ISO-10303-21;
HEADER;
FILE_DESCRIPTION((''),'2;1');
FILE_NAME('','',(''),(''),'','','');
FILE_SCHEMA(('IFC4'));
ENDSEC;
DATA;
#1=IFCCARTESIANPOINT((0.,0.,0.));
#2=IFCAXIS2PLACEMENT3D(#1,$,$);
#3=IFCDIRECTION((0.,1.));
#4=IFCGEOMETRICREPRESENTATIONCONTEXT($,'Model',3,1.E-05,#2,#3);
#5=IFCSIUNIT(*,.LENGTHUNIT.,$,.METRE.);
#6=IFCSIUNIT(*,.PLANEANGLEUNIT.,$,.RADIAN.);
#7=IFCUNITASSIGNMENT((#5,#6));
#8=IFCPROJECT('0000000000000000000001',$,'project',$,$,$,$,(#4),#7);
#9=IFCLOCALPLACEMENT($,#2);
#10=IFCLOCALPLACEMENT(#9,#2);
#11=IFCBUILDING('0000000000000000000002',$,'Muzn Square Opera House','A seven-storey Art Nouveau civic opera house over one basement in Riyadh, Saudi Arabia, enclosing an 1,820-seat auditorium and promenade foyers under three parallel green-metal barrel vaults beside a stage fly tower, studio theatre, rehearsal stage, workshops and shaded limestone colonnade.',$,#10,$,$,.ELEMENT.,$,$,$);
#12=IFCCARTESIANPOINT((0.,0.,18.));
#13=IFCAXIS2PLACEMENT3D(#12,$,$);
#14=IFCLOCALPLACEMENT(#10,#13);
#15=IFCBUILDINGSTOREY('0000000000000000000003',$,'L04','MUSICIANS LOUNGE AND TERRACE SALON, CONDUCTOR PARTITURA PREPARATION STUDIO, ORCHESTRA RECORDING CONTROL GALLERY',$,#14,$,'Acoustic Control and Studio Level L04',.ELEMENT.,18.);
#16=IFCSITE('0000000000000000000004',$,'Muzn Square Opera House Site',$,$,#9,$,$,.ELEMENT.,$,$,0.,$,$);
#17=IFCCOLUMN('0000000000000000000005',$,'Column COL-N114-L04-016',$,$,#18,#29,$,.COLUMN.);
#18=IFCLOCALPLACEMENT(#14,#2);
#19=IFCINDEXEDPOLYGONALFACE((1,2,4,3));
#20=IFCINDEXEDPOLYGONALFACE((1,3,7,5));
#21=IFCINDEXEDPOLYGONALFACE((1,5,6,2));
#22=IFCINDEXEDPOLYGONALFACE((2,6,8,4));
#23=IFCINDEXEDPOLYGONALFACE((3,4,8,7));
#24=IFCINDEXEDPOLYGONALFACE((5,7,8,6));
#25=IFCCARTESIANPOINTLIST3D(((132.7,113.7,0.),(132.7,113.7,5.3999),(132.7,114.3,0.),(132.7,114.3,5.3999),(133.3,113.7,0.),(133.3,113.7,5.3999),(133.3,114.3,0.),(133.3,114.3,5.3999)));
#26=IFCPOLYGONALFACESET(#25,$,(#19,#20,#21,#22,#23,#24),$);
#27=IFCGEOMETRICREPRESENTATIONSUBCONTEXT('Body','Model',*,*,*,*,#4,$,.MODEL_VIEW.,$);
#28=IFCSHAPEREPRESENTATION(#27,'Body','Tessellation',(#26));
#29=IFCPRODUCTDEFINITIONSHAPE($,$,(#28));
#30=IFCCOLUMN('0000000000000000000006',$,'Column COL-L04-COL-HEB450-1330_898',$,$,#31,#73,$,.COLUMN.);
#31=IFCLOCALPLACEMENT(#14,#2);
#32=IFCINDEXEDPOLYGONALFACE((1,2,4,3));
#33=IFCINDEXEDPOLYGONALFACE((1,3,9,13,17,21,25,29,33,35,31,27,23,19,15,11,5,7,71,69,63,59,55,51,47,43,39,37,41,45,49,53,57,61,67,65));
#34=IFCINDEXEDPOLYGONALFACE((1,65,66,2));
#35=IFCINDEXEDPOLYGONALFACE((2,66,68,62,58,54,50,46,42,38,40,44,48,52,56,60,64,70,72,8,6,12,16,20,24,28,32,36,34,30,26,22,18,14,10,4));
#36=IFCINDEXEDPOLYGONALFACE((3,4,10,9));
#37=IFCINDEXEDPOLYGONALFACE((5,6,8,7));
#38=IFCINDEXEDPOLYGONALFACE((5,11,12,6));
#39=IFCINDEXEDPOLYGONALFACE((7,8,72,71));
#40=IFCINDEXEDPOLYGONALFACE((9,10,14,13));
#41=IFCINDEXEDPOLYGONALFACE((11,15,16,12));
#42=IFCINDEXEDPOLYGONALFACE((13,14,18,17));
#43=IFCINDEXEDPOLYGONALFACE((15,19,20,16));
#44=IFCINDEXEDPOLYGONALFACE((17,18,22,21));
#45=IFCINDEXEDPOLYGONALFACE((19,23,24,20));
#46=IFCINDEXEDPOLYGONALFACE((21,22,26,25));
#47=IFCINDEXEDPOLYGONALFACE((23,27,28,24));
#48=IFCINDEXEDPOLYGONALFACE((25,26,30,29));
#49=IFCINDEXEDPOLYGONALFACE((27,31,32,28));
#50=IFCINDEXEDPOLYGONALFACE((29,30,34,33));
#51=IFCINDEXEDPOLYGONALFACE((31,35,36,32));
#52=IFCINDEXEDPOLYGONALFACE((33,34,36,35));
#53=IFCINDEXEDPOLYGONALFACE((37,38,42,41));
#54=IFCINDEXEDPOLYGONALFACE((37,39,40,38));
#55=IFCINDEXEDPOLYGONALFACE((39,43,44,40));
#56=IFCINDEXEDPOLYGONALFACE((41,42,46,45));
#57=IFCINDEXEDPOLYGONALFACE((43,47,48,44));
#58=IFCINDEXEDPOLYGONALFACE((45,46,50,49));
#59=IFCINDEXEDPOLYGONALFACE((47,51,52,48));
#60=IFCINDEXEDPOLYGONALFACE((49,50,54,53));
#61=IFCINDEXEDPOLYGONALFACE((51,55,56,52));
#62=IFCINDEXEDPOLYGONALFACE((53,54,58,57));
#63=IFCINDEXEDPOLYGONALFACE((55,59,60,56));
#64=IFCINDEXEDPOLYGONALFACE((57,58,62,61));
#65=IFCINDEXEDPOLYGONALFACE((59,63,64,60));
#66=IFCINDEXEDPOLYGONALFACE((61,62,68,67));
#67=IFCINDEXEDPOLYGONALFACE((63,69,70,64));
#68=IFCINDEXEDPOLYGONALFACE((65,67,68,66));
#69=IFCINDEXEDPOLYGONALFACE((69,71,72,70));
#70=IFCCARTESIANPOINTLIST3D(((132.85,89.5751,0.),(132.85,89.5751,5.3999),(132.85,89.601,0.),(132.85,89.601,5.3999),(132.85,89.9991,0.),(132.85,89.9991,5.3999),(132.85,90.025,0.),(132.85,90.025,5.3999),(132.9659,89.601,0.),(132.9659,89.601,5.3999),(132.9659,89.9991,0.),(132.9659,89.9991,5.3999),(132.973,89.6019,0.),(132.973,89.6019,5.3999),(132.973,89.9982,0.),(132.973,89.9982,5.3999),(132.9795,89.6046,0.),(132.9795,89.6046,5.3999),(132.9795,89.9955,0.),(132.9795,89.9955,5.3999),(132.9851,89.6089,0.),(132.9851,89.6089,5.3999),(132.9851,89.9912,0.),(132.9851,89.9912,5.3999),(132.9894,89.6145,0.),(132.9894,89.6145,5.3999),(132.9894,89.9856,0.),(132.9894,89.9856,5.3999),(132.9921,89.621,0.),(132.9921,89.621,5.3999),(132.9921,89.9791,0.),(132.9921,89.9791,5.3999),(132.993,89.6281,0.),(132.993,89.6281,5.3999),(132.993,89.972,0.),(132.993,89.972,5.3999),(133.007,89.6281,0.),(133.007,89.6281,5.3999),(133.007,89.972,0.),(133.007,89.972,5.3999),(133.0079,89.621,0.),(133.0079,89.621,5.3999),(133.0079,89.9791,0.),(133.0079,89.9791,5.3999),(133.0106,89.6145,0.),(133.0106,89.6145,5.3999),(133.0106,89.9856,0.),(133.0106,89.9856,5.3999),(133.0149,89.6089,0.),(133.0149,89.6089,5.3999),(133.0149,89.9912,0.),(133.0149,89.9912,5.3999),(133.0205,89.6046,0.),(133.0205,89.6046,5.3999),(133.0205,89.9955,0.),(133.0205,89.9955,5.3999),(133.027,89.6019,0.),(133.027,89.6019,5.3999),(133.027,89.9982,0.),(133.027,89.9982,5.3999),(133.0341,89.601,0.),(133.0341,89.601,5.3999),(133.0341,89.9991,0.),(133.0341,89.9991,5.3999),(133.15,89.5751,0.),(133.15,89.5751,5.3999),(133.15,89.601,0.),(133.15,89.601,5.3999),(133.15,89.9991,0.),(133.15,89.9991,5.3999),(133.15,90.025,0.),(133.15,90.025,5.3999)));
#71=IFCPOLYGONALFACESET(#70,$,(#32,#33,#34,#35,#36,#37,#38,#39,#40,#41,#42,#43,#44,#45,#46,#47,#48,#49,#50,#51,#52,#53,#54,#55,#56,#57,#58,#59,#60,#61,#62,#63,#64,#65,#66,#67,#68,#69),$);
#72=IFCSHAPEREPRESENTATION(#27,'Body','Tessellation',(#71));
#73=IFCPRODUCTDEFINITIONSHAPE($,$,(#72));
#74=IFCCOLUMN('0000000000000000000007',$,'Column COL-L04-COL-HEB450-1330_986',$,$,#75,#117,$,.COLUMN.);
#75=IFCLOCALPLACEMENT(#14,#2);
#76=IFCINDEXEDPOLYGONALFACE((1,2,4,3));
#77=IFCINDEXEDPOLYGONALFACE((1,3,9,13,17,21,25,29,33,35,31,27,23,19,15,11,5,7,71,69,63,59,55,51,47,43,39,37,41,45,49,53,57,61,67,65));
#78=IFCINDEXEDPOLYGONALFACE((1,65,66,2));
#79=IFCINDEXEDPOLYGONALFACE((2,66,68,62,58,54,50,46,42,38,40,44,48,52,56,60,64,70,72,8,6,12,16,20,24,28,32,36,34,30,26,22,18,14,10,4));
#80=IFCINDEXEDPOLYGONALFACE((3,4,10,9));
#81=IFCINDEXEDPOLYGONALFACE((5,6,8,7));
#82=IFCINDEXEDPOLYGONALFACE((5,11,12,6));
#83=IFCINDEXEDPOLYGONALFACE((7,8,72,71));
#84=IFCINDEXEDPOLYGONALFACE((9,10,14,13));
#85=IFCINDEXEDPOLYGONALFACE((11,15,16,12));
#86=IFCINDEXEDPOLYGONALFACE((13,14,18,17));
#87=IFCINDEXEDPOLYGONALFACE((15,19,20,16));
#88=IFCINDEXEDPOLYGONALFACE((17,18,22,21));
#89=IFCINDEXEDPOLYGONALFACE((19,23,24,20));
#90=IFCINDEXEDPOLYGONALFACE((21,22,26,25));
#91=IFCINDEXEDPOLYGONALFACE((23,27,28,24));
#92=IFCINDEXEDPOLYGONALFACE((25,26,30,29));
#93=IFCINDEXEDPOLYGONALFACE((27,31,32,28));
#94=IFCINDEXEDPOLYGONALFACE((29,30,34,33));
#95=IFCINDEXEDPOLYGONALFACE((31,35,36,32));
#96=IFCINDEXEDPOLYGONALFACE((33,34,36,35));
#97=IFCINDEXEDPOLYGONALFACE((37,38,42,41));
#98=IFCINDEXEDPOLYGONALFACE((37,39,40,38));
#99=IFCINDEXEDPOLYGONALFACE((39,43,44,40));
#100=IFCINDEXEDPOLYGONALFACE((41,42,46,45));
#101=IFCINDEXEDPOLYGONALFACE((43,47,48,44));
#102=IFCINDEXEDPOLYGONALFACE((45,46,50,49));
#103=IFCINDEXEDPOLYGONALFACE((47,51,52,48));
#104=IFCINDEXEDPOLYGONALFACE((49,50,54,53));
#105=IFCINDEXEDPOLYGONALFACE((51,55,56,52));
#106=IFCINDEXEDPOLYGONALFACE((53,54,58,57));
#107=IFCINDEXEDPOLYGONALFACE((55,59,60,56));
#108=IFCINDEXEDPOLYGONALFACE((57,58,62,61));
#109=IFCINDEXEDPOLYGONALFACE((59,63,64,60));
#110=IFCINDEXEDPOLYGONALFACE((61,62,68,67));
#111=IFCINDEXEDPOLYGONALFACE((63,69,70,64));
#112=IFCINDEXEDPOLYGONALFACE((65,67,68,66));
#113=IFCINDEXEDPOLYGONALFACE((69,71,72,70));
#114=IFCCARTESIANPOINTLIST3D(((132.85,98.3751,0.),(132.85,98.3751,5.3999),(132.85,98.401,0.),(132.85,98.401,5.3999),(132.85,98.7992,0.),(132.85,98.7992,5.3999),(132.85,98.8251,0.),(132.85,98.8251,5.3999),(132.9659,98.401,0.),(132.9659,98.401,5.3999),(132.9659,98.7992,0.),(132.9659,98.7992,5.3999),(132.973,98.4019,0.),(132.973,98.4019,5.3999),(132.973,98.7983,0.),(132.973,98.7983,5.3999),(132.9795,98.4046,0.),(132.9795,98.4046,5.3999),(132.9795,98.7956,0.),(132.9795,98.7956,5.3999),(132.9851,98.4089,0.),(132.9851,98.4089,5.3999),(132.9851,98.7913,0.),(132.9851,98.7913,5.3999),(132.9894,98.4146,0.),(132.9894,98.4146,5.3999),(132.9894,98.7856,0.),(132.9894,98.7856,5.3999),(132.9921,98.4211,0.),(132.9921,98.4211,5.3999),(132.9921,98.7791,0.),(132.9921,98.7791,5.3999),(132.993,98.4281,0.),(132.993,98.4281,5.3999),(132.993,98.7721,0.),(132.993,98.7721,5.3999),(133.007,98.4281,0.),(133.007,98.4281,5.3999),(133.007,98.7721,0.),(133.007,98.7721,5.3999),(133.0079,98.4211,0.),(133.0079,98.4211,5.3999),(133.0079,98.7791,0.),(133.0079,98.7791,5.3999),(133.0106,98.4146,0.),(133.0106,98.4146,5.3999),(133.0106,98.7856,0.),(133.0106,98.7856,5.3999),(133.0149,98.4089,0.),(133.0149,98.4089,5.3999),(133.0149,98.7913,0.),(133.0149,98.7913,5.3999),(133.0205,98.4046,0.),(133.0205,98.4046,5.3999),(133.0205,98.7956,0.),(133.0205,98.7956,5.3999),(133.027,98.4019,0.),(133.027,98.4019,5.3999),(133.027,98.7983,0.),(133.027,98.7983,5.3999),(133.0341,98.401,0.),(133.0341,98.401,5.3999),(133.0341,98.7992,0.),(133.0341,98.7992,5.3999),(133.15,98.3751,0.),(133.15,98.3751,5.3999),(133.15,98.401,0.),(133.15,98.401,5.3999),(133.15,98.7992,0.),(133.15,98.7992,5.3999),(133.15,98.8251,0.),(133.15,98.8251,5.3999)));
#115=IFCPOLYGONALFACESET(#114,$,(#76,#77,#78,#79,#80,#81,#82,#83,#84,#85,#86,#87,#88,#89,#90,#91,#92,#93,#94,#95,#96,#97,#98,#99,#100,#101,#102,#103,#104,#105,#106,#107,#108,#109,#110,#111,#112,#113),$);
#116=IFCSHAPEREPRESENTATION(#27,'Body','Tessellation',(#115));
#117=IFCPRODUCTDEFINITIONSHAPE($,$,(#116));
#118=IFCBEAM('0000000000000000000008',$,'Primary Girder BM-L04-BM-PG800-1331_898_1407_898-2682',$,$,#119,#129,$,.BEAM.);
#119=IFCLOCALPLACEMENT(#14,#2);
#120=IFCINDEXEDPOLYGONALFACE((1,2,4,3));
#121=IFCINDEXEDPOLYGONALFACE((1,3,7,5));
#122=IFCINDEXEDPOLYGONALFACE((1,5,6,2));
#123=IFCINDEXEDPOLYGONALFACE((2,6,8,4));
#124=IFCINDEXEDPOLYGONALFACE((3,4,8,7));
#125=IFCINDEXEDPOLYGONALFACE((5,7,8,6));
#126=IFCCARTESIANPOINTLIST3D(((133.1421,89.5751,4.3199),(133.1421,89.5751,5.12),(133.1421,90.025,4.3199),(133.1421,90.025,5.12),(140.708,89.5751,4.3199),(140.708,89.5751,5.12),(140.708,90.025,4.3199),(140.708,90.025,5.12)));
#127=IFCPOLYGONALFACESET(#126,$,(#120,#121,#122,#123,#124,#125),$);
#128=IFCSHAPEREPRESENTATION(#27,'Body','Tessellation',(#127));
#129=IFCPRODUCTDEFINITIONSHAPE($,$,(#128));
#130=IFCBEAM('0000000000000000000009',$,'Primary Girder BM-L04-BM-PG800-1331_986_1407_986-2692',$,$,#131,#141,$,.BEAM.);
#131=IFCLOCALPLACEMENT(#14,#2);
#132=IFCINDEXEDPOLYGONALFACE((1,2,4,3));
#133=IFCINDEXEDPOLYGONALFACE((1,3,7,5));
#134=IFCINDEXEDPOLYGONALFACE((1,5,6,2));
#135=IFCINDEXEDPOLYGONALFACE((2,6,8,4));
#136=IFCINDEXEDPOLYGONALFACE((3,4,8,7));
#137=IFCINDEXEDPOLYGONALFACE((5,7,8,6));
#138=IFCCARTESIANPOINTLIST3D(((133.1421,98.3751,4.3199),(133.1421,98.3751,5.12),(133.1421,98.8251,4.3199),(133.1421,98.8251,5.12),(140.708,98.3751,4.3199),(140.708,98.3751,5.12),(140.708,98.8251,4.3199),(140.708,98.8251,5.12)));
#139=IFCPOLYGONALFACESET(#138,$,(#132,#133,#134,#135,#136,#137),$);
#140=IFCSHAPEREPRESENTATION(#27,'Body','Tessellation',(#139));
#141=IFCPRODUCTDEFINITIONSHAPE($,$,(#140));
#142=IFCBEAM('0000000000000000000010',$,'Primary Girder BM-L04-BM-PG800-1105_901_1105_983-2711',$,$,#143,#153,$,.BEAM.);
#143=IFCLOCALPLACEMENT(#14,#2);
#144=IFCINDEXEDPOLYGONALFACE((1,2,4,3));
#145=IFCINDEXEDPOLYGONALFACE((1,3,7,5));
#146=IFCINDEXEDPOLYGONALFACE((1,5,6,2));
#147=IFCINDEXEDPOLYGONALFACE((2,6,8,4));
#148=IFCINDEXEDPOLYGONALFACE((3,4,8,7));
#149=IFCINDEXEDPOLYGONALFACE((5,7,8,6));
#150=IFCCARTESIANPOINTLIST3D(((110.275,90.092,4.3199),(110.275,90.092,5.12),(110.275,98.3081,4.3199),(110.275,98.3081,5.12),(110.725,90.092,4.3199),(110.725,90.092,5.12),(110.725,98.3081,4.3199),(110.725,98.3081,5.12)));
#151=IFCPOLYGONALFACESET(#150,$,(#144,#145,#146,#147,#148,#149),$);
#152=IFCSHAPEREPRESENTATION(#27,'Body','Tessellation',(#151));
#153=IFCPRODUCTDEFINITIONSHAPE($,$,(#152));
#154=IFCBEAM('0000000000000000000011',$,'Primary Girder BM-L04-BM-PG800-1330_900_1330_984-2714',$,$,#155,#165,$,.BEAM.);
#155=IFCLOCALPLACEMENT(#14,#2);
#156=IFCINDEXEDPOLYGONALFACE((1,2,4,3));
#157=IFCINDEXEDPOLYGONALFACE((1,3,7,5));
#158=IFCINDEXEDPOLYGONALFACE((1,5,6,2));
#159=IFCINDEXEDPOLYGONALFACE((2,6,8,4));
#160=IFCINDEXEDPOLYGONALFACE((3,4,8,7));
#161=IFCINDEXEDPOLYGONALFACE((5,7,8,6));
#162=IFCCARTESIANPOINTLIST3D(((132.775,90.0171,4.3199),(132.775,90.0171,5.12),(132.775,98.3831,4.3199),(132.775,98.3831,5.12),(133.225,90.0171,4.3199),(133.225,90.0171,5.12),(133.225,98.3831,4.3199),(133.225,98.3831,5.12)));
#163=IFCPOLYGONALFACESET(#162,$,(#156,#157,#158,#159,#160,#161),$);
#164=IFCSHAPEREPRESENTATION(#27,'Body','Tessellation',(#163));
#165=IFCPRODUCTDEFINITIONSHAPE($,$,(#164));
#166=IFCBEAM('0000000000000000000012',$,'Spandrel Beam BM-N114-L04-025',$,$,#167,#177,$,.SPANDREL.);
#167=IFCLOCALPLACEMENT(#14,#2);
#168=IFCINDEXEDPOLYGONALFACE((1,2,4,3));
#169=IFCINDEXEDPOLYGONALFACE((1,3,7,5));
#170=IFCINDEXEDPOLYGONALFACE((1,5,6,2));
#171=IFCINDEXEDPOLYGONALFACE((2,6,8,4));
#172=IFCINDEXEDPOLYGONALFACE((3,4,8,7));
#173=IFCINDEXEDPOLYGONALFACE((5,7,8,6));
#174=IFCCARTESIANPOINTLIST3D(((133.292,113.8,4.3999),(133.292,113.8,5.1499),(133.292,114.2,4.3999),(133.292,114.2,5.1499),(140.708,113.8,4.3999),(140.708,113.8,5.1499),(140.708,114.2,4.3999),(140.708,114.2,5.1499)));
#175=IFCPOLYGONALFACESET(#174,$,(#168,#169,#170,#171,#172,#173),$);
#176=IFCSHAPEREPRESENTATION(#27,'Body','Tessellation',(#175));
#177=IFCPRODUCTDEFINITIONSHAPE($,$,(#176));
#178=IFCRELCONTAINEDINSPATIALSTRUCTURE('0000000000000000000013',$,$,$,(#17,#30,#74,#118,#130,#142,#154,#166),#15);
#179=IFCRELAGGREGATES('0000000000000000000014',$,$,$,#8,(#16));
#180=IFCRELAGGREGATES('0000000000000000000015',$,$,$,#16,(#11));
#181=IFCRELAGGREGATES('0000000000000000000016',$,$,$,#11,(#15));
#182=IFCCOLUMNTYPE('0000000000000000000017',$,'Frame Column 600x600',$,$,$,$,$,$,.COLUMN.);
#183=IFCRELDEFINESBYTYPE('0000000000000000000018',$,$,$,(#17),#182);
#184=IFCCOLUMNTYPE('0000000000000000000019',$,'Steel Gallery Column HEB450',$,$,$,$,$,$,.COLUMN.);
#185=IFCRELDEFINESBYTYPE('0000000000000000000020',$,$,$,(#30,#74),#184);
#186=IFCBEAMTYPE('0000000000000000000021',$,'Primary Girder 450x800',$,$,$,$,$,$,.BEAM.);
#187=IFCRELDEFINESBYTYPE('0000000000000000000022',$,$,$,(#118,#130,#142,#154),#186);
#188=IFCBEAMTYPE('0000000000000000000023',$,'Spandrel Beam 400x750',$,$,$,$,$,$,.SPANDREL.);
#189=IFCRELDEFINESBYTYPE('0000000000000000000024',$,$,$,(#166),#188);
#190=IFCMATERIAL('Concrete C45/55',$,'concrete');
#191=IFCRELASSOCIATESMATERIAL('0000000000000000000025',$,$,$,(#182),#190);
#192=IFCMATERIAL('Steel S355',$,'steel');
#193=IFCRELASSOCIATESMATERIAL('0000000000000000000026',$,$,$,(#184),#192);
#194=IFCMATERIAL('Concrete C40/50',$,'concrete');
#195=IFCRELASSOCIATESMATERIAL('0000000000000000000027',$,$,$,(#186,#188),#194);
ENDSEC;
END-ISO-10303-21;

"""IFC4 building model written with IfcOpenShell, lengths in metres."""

from ifc_helpers import new_model, si_unit, direction, frame, origin, origin_2d, place, context, subcontext, project, spatial, rectangle, i_section, extrude, material, material_profile, profile_set, type_object, element, save


model = new_model("IFC4")

# Units and contexts
model_context = context("Model", 3, precision=1e-05, world=origin(), true_north=direction((0.0, 1.0)))
body_context = subcontext(model_context, "Body", "Model", "MODEL_VIEW")
ifc_project = project(units=[si_unit("LENGTHUNIT", "METRE"), si_unit("PLANEANGLEUNIT", "RADIAN")], contexts=[model_context])

# Site, building, storey
site_placement = place(None, origin())
site = spatial("IfcSite", under=ifc_project, at=site_placement, Name="Muzn Square Opera House Site", CompositionType="ELEMENT", RefElevation=0.0)
building_placement = place(site_placement, origin())
building = spatial("IfcBuilding", under=site, at=building_placement, Name="Muzn Square Opera House", Description="A seven-storey Art Nouveau civic opera house over one basement in Riyadh, Saudi Arabia, enclosing an 1,820-seat auditorium and promenade foyers under three parallel green-metal barrel vaults beside a stage fly tower, studio theatre, rehearsal stage, workshops and shaded limestone colonnade.", CompositionType="ELEMENT")
storey_placement = place(building_placement, frame((0.0, 0.0, 18.0)))
storey = spatial("IfcBuildingStorey", under=building, at=storey_placement, Name="L04", Description="MUSICIANS LOUNGE AND TERRACE SALON, CONDUCTOR PARTITURA PREPARATION STUDIO, ORCHESTRA RECORDING CONTROL GALLERY", LongName="Acoustic Control and Studio Level L04", CompositionType="ELEMENT", Elevation=18.0)

# Columns
ifc_material_1 = material(Name="Concrete C45/55", Category="concrete")
ifc_material_profile_1 = material_profile(ifc_material_1, rectangle(XDim=0.6001, YDim=0.6001, at=origin_2d()), Name="RC 600x600", Category="concrete")
ifc_profile_set_1 = profile_set([ifc_material_profile_1], Name="Concrete C45/55")
column_type_1 = type_object("IfcColumnType", Name="Frame Column 600x600", PredefinedType="COLUMN", material=ifc_profile_set_1)
column_placement = place(storey_placement, frame((133.0, 114.0, 0.0), z_axis=(0.0, 0.0, 1.0), x_axis=(1.0, 0.0, 0.0)))
element("IfcColumn", 1, at=column_placement, inside=storey, type_object=column_type_1, Name="Column COL-N114-L04-016", PredefinedType="COLUMN", context=body_context, shape_type="SweptSolid", body=[
    extrude(rectangle(XDim=0.6001, YDim=0.6001, at=origin_2d()), origin(), (0.0, 0.0, 1.0), 5.3999),
])
ifc_material_2 = material(Name="Steel S355", Category="steel")
ifc_material_profile_2 = material_profile(ifc_material_2, i_section(OverallWidth=0.3, OverallDepth=0.45, WebThickness=0.0139, FlangeThickness=0.0259, FilletRadius=0.0271, at=origin_2d()), Name="HEB 450", Category="steel")
ifc_profile_set_2 = profile_set([ifc_material_profile_2], Name="Steel S355")
column_type_2 = type_object("IfcColumnType", Name="Steel Gallery Column HEB450", PredefinedType="COLUMN", material=ifc_profile_set_2)
for number, where, z_axis, x_axis, name in (
    (2, (133.0, 89.8, 0.0), (0.0, 0.0, 1.0), (1.0, 0.0, 0.0), "Column COL-L04-COL-HEB450-1330_898"),
    (3, (133.0, 98.6001, 0.0), (0.0, 0.0, 1.0), (1.0, 0.0, 0.0), "Column COL-L04-COL-HEB450-1330_986"),
):
    element("IfcColumn", number, at=place(storey_placement, frame(where, z_axis=z_axis, x_axis=x_axis)), inside=storey, type_object=column_type_2, Name=name, PredefinedType="COLUMN", context=body_context, shape_type="SweptSolid", body=[
        extrude(i_section(OverallWidth=0.3, OverallDepth=0.45, WebThickness=0.0139, FlangeThickness=0.0259, FilletRadius=0.0271, at=origin_2d()), origin(), (0.0, 0.0, 1.0), 5.3999),
    ])

# Beams
ifc_material_3 = material(Name="Concrete C40/50", Category="concrete")
ifc_material_profile_3 = material_profile(ifc_material_3, rectangle(XDim=0.45, YDim=0.8, at=origin_2d()), Name="RCB 450x800", Category="concrete")
ifc_profile_set_3 = profile_set([ifc_material_profile_3], Name="Concrete C40/50")
beam_type_1 = type_object("IfcBeamType", Name="Primary Girder 450x800", PredefinedType="BEAM", material=ifc_profile_set_3)
for number, where, z_axis, x_axis, name in (
    (4, (133.1421, 89.8, 4.72), (1.0, 0.0, 0.0), (0.0, 1.0, 0.0), "Primary Girder BM-L04-BM-PG800-1331_898_1407_898-2682"),
    (5, (133.1421, 98.6001, 4.72), (1.0, 0.0, 0.0), (0.0, 1.0, 0.0), "Primary Girder BM-L04-BM-PG800-1331_986_1407_986-2692"),
):
    element("IfcBeam", number, at=place(storey_placement, frame(where, z_axis=z_axis, x_axis=x_axis)), inside=storey, type_object=beam_type_1, Name=name, PredefinedType="BEAM", context=body_context, shape_type="SweptSolid", body=[
        extrude(rectangle(XDim=0.45, YDim=0.8, at=origin_2d()), origin(), (0.0, 0.0, 1.0), 7.5659),
    ])
beam_1_placement = place(storey_placement, frame((110.5, 90.092, 4.72), z_axis=(0.0, 1.0, 0.0), x_axis=(-1.0, 0.0, 0.0)))
element("IfcBeam", 6, at=beam_1_placement, inside=storey, type_object=beam_type_1, Name="Primary Girder BM-L04-BM-PG800-1105_901_1105_983-2711", PredefinedType="BEAM", context=body_context, shape_type="SweptSolid", body=[
    extrude(rectangle(XDim=0.45, YDim=0.8, at=origin_2d()), origin(), (0.0, 0.0, 1.0), 8.2161),
])
beam_2_placement = place(storey_placement, frame((133.0, 90.0171, 4.72), z_axis=(0.0, 1.0, 0.0), x_axis=(-1.0, 0.0, 0.0)))
element("IfcBeam", 7, at=beam_2_placement, inside=storey, type_object=beam_type_1, Name="Primary Girder BM-L04-BM-PG800-1330_900_1330_984-2714", PredefinedType="BEAM", context=body_context, shape_type="SweptSolid", body=[
    extrude(rectangle(XDim=0.45, YDim=0.8, at=origin_2d()), origin(), (0.0, 0.0, 1.0), 8.366),
])
ifc_material_profile_4 = material_profile(ifc_material_3, rectangle(XDim=0.3999, YDim=0.75, at=origin_2d()), Name="RCS 400x750", Category="concrete")
ifc_profile_set_4 = profile_set([ifc_material_profile_4], Name="Concrete C40/50")
beam_type_2 = type_object("IfcBeamType", Name="Spandrel Beam 400x750", PredefinedType="SPANDREL", material=ifc_profile_set_4)
beam_3_placement = place(storey_placement, frame((133.292, 114.0, 4.7749), z_axis=(1.0, 0.0, 0.0), x_axis=(0.0, 1.0, 0.0)))
element("IfcBeam", 8, at=beam_3_placement, inside=storey, type_object=beam_type_2, Name="Spandrel Beam BM-N114-L04-025", PredefinedType="SPANDREL", context=body_context, shape_type="SweptSolid", body=[
    extrude(rectangle(XDim=0.3999, YDim=0.75, at=origin_2d()), origin(), (0.0, 0.0, 1.0), 7.416),
])

save(model, "model.ifc")
